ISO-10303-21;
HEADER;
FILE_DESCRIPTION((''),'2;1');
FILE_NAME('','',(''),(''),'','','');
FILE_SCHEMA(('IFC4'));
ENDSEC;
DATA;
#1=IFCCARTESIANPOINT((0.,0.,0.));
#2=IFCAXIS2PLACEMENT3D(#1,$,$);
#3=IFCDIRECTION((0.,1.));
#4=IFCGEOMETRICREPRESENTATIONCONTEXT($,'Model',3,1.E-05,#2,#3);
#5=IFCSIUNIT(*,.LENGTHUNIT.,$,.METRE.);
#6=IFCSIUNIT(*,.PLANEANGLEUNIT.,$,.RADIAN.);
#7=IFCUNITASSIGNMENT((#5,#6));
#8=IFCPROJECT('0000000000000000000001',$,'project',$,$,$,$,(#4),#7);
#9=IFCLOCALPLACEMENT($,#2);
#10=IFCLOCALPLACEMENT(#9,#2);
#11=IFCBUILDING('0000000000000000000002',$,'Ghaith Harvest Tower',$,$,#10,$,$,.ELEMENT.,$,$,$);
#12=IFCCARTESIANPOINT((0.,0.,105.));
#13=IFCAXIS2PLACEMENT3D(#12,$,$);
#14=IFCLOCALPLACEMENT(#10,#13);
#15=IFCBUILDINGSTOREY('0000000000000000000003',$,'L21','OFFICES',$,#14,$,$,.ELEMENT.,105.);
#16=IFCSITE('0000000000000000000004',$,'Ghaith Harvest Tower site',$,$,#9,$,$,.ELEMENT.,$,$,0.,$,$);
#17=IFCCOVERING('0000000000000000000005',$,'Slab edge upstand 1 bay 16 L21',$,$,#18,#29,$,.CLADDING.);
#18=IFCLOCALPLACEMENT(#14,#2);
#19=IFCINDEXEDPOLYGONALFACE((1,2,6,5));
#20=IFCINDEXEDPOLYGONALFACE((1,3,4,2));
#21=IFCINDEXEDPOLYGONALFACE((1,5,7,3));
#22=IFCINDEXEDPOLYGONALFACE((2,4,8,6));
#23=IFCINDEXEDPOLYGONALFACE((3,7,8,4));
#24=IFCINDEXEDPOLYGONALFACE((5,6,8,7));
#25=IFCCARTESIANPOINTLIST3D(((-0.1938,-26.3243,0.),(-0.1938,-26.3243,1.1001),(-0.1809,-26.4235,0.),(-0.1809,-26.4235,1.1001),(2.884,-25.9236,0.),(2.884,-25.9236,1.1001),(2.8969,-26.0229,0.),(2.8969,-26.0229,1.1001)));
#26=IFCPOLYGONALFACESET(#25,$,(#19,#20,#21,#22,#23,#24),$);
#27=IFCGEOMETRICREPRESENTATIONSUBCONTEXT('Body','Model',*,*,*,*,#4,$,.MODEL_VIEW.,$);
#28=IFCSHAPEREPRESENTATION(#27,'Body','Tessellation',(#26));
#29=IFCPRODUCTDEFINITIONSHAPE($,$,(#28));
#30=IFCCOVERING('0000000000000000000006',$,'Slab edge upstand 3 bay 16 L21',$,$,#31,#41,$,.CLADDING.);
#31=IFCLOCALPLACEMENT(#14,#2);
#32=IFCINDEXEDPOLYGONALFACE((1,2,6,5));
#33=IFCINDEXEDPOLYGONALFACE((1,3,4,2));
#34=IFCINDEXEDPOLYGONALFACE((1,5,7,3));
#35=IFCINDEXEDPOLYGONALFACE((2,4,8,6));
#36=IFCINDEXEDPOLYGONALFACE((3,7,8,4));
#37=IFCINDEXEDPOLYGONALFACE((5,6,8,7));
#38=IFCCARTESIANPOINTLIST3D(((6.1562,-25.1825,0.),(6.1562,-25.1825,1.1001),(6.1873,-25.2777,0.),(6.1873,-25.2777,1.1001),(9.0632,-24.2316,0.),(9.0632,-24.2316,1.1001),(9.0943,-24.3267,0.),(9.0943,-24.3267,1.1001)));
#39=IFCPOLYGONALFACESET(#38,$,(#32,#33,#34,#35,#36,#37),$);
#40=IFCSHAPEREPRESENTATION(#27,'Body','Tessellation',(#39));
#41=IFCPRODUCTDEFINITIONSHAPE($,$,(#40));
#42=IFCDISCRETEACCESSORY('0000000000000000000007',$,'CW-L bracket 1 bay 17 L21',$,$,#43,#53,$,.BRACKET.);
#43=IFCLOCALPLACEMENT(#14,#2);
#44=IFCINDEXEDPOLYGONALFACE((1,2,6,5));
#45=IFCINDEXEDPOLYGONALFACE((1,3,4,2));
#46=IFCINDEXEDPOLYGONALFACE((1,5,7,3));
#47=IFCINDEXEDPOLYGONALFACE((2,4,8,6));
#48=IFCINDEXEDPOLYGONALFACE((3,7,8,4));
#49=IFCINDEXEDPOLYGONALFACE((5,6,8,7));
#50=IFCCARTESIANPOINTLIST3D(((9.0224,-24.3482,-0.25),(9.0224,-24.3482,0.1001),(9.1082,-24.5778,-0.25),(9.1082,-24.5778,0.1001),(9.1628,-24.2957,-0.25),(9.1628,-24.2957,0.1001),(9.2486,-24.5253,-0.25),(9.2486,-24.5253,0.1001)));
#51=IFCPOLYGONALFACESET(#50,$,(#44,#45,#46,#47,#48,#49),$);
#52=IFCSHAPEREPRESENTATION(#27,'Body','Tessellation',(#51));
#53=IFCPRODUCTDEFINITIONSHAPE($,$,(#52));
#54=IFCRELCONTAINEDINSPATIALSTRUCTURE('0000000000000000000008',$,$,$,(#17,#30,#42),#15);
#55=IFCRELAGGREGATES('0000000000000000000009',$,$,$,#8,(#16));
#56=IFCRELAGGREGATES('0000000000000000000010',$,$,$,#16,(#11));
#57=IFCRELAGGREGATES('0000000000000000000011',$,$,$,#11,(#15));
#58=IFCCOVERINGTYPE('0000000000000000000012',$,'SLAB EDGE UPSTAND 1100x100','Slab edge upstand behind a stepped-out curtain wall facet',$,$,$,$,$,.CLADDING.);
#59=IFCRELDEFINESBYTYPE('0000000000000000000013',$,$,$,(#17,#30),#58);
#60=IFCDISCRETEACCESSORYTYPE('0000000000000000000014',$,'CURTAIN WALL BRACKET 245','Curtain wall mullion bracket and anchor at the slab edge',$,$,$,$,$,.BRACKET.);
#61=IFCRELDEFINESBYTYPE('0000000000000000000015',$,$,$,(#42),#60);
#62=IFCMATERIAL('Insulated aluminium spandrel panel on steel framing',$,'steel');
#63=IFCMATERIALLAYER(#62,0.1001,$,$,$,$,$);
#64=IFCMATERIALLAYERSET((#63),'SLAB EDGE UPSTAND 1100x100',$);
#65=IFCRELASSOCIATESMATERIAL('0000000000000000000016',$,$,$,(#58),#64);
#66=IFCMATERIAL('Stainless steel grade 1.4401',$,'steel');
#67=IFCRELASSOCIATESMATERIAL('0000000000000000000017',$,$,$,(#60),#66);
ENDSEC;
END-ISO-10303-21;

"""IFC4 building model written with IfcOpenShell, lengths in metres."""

from ifc_helpers import new_model, si_unit, direction, frame, origin, origin_2d, place, context, subcontext, project, spatial, rectangle, extrude, material, layer, layer_set, type_object, element, save


model = new_model("IFC4")

# Units and contexts
model_context = context("Model", 3, precision=1e-05, world=origin(), true_north=direction((0.0, 1.0)))
body_context = subcontext(model_context, "Body", "Model", "MODEL_VIEW")
ifc_project = project(units=[si_unit("LENGTHUNIT", "METRE"), si_unit("PLANEANGLEUNIT", "RADIAN")], contexts=[model_context])

# Site, building, storey
site_placement = place(None, origin())
site = spatial("IfcSite", under=ifc_project, at=site_placement, Name="Ghaith Harvest Tower site", CompositionType="ELEMENT", RefElevation=0.0)
building_placement = place(site_placement, origin())
building = spatial("IfcBuilding", under=site, at=building_placement, Name="Ghaith Harvest Tower", CompositionType="ELEMENT")
storey_placement = place(building_placement, frame((0.0, 0.0, 105.0)))
storey = spatial("IfcBuildingStorey", under=building, at=storey_placement, Name="L21", Description="OFFICES", CompositionType="ELEMENT", Elevation=105.0)

# Coverings
ifc_material_1 = material(Name="Insulated aluminium spandrel panel on steel framing", Category="steel")
ifc_layer_1 = layer(ifc_material_1, 0.1001)
ifc_layer_set_1 = layer_set([ifc_layer_1], Name="SLAB EDGE UPSTAND 1100x100")
covering_type = type_object("IfcCoveringType", Name="SLAB EDGE UPSTAND 1100x100", Description="Slab edge upstand behind a stepped-out curtain wall facet", PredefinedType="CLADDING", material=ifc_layer_set_1)
covering_1_placement = place(storey_placement, frame((1.3516, -26.1736, 0.0), z_axis=(0.0, 0.0, 1.0), x_axis=(0.991634, 0.129084, 0.0)))
element("IfcCovering", 1, at=covering_1_placement, inside=storey, type_object=covering_type, Name="Slab edge upstand 1 bay 16 L21", PredefinedType="CLADDING", context=body_context, shape_type="SweptSolid", body=[
    extrude(rectangle(XDim=3.1038, YDim=0.1001, at=origin_2d()), origin(), (0.0, 0.0, 1.0), 1.1001),
])
covering_2_placement = place(storey_placement, frame((7.6252, -24.7546, 0.0), z_axis=(0.0, 0.0, 1.0), x_axis=(0.950441, 0.310904, 0.0)))
element("IfcCovering", 2, at=covering_2_placement, inside=storey, type_object=covering_type, Name="Slab edge upstand 3 bay 16 L21", PredefinedType="CLADDING", context=body_context, shape_type="SweptSolid", body=[
    extrude(rectangle(XDim=3.0586, YDim=0.1001, at=origin_2d()), origin(), (0.0, 0.0, 1.0), 1.1001),
])

# Discrete accessory
ifc_material_2 = material(Name="Stainless steel grade 1.4401", Category="steel")
discrete_accessory_type = type_object("IfcDiscreteAccessoryType", Name="CURTAIN WALL BRACKET 245", Description="Curtain wall mullion bracket and anchor at the slab edge", PredefinedType="BRACKET", material=ifc_material_2)
discrete_accessory_placement = place(storey_placement, frame((9.1355, -24.4368, -0.25), z_axis=(0.0, 0.0, 1.0), x_axis=(0.350168, -0.936687, 0.0)))
element("IfcDiscreteAccessory", 3, at=discrete_accessory_placement, inside=storey, type_object=discrete_accessory_type, Name="CW-L bracket 1 bay 17 L21", PredefinedType="BRACKET", context=body_context, shape_type="SweptSolid", body=[
    extrude(rectangle(XDim=0.2451, YDim=0.1499, at=origin_2d()), origin(), (0.0, 0.0, 1.0), 0.3501),
])

save(model, "model.ifc")
